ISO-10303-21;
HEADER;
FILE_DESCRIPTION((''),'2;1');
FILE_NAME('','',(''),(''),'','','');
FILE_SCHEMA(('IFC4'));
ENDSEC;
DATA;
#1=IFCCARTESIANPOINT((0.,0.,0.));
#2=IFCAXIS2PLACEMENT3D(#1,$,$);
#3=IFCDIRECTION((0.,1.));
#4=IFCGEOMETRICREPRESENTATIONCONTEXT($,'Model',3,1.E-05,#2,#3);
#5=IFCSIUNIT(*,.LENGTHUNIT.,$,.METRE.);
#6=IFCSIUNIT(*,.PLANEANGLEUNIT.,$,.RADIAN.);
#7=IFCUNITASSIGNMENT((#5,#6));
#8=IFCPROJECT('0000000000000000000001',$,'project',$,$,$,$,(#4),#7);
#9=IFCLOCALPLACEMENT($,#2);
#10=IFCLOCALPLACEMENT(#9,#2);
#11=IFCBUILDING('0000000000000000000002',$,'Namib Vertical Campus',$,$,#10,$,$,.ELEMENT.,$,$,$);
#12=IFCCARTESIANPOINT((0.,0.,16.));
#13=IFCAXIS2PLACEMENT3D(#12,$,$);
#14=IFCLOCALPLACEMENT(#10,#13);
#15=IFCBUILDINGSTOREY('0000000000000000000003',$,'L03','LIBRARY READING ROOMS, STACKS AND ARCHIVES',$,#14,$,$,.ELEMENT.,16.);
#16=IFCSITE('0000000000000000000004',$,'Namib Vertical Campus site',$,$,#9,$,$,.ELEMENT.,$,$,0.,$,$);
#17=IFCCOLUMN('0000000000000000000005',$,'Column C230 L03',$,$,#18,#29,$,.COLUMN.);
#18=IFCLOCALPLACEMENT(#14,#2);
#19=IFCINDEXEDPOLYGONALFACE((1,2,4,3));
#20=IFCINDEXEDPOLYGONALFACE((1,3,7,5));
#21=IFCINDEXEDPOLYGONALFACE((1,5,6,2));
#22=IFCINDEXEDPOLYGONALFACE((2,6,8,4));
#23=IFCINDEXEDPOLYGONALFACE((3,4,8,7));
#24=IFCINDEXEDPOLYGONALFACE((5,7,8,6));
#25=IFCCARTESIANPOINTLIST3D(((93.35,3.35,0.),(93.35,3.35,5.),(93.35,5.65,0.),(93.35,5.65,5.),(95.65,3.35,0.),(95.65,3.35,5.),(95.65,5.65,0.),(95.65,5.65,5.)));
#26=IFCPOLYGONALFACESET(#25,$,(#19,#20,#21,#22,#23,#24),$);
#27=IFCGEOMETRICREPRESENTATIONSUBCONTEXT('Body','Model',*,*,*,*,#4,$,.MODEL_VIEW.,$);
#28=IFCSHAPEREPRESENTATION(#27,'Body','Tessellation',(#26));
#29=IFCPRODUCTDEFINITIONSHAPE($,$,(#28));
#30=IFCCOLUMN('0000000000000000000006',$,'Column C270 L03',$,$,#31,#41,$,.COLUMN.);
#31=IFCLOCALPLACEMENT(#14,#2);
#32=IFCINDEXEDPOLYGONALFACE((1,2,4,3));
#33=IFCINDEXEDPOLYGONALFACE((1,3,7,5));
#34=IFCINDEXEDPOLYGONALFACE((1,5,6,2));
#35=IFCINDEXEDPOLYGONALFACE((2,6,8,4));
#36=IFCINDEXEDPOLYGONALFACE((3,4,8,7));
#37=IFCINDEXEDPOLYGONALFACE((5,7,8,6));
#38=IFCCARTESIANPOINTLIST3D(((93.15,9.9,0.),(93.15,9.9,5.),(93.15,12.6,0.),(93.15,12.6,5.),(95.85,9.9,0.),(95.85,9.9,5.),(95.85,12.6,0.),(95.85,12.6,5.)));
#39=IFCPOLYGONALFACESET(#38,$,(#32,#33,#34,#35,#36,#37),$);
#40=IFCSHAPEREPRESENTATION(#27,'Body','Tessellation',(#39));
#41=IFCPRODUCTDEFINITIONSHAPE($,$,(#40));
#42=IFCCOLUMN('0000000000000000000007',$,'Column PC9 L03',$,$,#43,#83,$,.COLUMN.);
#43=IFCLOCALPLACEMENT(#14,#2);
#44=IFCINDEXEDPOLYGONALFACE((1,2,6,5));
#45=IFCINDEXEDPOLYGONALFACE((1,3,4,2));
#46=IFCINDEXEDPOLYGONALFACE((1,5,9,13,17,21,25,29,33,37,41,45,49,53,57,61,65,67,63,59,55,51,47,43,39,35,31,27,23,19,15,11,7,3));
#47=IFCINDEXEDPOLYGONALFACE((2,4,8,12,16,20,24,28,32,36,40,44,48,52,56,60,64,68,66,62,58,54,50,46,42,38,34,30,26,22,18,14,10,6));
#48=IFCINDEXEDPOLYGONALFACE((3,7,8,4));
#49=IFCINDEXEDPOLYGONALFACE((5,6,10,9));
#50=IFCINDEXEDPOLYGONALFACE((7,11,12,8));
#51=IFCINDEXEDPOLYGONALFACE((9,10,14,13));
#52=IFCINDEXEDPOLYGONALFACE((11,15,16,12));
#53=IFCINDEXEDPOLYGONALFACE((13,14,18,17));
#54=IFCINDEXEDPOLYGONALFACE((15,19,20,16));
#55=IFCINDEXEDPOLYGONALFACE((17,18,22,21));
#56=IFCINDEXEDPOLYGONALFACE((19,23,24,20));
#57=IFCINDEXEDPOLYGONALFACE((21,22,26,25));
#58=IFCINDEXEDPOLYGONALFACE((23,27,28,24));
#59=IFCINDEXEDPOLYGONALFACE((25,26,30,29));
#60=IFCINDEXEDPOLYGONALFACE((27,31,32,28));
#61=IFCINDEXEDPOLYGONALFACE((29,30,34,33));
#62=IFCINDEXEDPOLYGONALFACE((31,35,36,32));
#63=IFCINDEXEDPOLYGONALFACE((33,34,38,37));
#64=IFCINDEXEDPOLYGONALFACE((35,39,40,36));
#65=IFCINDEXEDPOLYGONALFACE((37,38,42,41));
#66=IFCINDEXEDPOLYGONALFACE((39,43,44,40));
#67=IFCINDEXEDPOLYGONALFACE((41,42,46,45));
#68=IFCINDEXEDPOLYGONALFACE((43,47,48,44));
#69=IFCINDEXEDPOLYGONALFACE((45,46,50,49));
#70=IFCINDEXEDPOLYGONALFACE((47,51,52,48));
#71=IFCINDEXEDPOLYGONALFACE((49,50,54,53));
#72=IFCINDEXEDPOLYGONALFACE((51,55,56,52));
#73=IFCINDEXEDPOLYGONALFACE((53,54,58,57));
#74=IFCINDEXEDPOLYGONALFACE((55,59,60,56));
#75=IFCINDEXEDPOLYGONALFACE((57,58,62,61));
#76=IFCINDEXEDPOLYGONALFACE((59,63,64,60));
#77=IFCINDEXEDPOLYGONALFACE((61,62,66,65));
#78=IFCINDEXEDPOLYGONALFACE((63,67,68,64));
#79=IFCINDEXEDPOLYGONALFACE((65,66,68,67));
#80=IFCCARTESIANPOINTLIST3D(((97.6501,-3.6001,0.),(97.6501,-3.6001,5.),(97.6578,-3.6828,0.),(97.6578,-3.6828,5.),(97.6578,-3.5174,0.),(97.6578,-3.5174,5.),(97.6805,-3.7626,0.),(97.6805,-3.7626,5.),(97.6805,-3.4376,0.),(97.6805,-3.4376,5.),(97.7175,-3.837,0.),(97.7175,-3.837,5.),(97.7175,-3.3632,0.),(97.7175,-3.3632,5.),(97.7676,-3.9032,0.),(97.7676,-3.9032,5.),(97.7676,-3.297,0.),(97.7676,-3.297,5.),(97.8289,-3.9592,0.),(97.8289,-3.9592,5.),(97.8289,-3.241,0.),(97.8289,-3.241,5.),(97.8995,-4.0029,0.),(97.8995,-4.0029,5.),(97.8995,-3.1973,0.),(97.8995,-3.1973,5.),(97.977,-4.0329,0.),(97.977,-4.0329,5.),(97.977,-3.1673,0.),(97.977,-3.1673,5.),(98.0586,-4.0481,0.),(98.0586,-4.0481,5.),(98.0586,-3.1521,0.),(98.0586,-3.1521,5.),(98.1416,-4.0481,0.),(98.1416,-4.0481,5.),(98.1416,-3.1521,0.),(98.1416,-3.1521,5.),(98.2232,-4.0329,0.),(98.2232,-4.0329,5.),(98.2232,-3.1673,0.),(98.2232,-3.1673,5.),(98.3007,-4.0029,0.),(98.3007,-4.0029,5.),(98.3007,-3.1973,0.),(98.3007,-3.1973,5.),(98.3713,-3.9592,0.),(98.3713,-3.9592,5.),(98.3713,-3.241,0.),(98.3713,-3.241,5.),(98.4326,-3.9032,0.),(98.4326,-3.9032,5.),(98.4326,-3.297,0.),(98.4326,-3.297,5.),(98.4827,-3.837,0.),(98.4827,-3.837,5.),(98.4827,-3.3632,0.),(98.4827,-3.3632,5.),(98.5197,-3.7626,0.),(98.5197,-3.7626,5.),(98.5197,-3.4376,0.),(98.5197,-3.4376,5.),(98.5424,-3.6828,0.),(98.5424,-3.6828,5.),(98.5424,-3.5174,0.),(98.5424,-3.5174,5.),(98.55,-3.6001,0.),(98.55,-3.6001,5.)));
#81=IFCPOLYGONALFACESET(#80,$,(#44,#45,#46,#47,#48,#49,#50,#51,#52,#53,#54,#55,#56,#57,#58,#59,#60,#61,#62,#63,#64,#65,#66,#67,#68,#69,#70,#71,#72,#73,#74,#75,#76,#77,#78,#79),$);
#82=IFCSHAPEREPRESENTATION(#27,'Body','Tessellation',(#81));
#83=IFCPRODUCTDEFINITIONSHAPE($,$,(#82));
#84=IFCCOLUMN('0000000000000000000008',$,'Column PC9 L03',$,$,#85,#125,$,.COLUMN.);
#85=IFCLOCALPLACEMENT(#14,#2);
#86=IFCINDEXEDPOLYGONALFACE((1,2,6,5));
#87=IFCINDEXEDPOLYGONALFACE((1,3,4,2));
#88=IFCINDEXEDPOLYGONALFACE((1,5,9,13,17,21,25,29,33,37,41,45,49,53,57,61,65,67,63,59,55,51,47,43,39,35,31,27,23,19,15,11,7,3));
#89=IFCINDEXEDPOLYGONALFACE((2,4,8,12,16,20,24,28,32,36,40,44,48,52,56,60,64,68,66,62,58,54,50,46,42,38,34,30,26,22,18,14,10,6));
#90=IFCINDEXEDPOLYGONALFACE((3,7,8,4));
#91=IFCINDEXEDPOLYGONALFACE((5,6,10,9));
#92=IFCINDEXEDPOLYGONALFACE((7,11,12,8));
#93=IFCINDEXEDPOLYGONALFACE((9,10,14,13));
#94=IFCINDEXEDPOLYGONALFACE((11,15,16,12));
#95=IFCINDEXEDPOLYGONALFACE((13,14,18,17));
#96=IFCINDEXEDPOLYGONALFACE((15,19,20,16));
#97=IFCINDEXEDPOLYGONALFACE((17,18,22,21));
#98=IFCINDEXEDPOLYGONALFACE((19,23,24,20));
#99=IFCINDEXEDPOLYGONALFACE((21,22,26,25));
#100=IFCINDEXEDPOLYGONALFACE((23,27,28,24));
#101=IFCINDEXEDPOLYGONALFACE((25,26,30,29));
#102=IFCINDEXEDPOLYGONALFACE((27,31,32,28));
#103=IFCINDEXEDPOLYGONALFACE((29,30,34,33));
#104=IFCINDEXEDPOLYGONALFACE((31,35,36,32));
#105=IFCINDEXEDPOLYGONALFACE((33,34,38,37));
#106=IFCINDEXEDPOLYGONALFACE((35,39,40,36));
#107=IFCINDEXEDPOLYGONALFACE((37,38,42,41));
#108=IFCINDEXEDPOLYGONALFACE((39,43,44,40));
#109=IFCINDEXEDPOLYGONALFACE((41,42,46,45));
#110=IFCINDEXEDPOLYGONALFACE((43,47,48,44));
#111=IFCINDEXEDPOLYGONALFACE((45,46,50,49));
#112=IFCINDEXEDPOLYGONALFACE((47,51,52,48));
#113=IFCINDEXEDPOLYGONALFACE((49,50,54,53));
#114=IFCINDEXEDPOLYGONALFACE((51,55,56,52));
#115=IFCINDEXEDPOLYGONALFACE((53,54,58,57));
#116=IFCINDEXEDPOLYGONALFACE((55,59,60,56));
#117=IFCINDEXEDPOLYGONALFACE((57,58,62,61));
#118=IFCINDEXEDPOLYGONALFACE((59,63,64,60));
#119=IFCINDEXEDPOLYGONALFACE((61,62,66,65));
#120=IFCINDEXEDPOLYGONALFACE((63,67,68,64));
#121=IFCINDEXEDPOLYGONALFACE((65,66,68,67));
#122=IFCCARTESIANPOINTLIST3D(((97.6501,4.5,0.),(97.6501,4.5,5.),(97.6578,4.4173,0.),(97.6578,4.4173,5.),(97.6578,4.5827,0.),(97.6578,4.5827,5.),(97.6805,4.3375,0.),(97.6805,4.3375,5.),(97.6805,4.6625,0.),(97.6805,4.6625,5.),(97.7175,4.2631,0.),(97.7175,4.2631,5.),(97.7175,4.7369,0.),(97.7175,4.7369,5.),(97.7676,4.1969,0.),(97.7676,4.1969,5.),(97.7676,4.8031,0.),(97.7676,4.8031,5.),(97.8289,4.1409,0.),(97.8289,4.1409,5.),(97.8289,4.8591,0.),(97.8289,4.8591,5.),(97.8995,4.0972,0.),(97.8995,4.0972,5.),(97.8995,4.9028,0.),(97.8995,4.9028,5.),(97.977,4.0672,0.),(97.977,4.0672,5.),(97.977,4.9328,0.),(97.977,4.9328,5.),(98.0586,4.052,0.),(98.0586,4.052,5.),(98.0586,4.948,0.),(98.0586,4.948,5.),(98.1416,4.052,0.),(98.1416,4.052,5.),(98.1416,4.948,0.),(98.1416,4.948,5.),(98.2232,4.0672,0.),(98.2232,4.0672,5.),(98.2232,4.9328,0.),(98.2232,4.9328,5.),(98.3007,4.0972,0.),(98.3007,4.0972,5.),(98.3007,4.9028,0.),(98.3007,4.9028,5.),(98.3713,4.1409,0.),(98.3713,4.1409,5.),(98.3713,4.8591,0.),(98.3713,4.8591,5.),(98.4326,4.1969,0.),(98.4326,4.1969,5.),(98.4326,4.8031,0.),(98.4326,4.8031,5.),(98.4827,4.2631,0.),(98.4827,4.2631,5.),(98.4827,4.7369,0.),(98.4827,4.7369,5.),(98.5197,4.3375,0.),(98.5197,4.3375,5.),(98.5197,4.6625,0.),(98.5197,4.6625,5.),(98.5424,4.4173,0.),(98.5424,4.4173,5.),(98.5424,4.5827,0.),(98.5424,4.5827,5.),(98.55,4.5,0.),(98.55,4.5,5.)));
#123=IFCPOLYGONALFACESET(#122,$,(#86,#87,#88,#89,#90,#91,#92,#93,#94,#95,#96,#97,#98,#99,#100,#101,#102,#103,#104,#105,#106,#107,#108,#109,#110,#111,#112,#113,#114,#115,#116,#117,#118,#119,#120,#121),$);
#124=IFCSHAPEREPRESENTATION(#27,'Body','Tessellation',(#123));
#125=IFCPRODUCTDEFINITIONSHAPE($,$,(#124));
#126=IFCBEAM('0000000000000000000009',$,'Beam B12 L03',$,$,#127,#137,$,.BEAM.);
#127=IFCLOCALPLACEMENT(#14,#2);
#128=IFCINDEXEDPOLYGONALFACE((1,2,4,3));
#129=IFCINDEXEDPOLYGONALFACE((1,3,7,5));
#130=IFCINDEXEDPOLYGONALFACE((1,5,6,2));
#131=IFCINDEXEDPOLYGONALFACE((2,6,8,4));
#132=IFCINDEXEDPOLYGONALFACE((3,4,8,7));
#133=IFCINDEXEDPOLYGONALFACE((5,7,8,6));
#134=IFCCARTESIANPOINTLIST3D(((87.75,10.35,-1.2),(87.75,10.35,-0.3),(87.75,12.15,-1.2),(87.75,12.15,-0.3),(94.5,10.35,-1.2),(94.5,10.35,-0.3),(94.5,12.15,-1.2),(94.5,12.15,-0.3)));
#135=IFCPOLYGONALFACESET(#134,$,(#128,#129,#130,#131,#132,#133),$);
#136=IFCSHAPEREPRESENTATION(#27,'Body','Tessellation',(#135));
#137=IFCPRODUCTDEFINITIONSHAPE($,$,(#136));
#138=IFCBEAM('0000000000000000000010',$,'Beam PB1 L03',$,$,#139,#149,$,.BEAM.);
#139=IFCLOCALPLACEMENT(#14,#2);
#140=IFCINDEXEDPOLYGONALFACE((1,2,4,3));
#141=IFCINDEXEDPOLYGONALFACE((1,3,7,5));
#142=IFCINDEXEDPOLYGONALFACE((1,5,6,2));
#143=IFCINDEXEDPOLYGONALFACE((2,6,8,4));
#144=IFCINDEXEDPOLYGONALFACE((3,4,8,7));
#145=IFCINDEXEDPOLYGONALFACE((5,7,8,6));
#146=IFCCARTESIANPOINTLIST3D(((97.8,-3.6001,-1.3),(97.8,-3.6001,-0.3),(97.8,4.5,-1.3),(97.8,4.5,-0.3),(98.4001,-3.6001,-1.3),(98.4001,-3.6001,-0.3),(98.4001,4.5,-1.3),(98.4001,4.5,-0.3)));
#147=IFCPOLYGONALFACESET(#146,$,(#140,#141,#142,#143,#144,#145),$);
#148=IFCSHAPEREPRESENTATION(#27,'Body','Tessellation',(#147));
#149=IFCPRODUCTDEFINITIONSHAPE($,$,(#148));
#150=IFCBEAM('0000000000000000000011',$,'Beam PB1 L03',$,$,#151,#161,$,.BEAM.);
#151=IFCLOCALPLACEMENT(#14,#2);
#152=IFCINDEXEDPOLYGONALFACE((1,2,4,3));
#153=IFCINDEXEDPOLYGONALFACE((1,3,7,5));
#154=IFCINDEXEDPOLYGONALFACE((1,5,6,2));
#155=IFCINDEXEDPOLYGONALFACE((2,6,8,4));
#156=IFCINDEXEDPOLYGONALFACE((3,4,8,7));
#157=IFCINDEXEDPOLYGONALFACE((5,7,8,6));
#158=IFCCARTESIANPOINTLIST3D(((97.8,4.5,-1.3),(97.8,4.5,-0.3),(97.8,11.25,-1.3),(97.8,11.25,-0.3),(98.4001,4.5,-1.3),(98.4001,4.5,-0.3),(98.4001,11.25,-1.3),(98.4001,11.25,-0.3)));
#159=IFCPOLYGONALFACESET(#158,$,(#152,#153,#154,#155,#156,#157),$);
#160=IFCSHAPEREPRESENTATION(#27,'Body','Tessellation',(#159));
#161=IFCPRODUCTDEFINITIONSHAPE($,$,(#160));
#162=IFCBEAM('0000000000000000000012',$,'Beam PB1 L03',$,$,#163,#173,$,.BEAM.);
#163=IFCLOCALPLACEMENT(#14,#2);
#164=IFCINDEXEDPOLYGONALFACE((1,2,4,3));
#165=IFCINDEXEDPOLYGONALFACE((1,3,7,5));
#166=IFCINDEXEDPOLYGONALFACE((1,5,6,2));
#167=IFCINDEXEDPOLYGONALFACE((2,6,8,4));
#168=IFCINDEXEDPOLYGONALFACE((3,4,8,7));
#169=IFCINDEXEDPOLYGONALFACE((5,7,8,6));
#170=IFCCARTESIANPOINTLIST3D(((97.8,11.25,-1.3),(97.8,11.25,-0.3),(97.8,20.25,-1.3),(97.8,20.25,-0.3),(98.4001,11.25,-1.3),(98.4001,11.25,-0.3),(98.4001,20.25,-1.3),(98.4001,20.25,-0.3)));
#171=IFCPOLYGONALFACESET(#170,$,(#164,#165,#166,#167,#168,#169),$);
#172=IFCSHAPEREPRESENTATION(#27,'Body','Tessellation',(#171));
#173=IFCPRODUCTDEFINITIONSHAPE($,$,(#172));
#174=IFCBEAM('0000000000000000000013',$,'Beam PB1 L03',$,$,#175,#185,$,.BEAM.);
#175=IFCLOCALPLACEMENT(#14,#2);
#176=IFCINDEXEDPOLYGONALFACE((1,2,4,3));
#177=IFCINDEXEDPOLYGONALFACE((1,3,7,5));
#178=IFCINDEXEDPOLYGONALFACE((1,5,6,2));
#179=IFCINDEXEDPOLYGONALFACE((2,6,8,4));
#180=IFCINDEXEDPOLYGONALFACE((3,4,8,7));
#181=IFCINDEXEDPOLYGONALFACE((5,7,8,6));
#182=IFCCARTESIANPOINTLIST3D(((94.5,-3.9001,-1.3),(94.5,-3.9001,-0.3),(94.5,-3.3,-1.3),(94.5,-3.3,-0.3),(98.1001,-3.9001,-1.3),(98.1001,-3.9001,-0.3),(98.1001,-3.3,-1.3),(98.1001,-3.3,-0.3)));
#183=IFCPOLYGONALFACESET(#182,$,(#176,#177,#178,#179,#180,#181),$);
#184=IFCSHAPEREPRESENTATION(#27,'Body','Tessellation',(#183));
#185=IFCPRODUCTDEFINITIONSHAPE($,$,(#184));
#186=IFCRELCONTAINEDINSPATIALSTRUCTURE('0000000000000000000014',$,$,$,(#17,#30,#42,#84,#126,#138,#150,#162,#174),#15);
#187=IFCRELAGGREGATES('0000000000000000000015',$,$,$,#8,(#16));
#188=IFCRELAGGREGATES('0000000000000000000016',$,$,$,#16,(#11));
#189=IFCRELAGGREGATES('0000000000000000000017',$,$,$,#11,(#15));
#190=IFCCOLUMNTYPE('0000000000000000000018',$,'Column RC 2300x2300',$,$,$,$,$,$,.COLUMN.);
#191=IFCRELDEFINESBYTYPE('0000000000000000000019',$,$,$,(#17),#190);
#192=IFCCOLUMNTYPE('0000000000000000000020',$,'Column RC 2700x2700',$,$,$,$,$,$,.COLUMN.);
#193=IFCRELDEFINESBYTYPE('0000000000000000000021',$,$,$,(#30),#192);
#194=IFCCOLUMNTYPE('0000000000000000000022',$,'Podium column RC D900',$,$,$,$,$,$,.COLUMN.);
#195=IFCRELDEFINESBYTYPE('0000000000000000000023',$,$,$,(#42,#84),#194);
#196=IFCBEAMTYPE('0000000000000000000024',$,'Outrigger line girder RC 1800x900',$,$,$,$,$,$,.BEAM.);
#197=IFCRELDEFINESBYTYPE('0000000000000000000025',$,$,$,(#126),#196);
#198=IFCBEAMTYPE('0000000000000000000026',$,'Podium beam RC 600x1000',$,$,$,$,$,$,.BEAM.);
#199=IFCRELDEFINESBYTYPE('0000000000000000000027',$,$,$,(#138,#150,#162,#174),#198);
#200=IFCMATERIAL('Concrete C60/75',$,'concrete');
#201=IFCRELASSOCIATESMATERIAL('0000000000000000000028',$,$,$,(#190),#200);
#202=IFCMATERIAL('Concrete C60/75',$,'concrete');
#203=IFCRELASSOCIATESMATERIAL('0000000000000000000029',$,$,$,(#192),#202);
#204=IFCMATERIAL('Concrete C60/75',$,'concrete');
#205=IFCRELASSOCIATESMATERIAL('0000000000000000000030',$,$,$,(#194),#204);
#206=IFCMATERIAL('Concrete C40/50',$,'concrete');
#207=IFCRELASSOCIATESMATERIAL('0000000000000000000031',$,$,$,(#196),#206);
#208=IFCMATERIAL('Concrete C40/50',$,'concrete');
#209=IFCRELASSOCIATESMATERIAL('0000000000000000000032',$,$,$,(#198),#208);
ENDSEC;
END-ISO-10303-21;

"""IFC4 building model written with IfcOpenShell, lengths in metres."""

from ifc_helpers import new_model, si_unit, direction, frame, origin, origin_2d, place, context, subcontext, project, spatial, rectangle, circle, extrude, material, material_profile, profile_set, type_object, element, save


model = new_model("IFC4")

# Units and contexts
model_context = context("Model", 3, precision=1e-05, world=origin(), true_north=direction((0.0, 1.0)))
body_context = subcontext(model_context, "Body", "Model", "MODEL_VIEW")
ifc_project = project(units=[si_unit("LENGTHUNIT", "METRE"), si_unit("PLANEANGLEUNIT", "RADIAN")], contexts=[model_context])

# Site, building, storey
site_placement = place(None, origin())
site = spatial("IfcSite", under=ifc_project, at=site_placement, Name="Namib Vertical Campus site", CompositionType="ELEMENT", RefElevation=0.0)
building_placement = place(site_placement, origin())
building = spatial("IfcBuilding", under=site, at=building_placement, Name="Namib Vertical Campus", CompositionType="ELEMENT")
storey_placement = place(building_placement, frame((0.0, 0.0, 16.0)))
storey = spatial("IfcBuildingStorey", under=building, at=storey_placement, Name="L03", Description="LIBRARY READING ROOMS, STACKS AND ARCHIVES", CompositionType="ELEMENT", Elevation=16.0)

# Columns
ifc_material_1 = material(Name="Concrete C60/75", Category="concrete")
ifc_material_profile_1 = material_profile(ifc_material_1, rectangle(XDim=2.3, YDim=2.3, at=origin_2d()))
ifc_profile_set_1 = profile_set([ifc_material_profile_1], Name="Concrete C60/75")
column_type_1 = type_object("IfcColumnType", Name="Column RC 2300x2300", PredefinedType="COLUMN", material=ifc_profile_set_1)
column_1_placement = place(storey_placement, frame((94.5, 4.5, 0.0), z_axis=(0.0, 0.0, 1.0), x_axis=(1.0, 0.0, 0.0)))
element("IfcColumn", 1, at=column_1_placement, inside=storey, type_object=column_type_1, Name="Column C230 L03", PredefinedType="COLUMN", context=body_context, shape_type="SweptSolid", body=[
    extrude(rectangle(XDim=2.3, YDim=2.3, at=origin_2d()), origin(), (0.0, 0.0, 1.0), 5.0),
])
ifc_material_2 = material(Name="Concrete C60/75", Category="concrete")
ifc_material_profile_2 = material_profile(ifc_material_2, rectangle(XDim=2.7, YDim=2.7, at=origin_2d()))
ifc_profile_set_2 = profile_set([ifc_material_profile_2], Name="Concrete C60/75")
column_type_2 = type_object("IfcColumnType", Name="Column RC 2700x2700", PredefinedType="COLUMN", material=ifc_profile_set_2)
column_2_placement = place(storey_placement, frame((94.5, 11.25, 0.0), z_axis=(0.0, 0.0, 1.0), x_axis=(1.0, 0.0, 0.0)))
element("IfcColumn", 2, at=column_2_placement, inside=storey, type_object=column_type_2, Name="Column C270 L03", PredefinedType="COLUMN", context=body_context, shape_type="SweptSolid", body=[
    extrude(rectangle(XDim=2.7, YDim=2.7, at=origin_2d()), origin(), (0.0, 0.0, 1.0), 5.0),
])
ifc_material_3 = material(Name="Concrete C60/75", Category="concrete")
ifc_material_profile_3 = material_profile(ifc_material_3, circle(Radius=0.45, at=origin_2d()))
ifc_profile_set_3 = profile_set([ifc_material_profile_3], Name="Concrete C60/75")
column_type_3 = type_object("IfcColumnType", Name="Podium column RC D900", PredefinedType="COLUMN", material=ifc_profile_set_3)
for number, where, z_axis, x_axis, name in (
    (3, (98.1001, -3.6001, 0.0), (0.0, 0.0, 1.0), (1.0, 0.0, 0.0), "Column PC9 L03"),
    (4, (98.1001, 4.5, 0.0), (0.0, 0.0, 1.0), (1.0, 0.0, 0.0), "Column PC9 L03"),
):
    element("IfcColumn", number, at=place(storey_placement, frame(where, z_axis=z_axis, x_axis=x_axis)), inside=storey, type_object=column_type_3, Name=name, PredefinedType="COLUMN", context=body_context, shape_type="SweptSolid", body=[
        extrude(circle(Radius=0.45, at=origin_2d()), origin(), (0.0, 0.0, 1.0), 5.0),
    ])

# Beams
ifc_material_4 = material(Name="Concrete C40/50", Category="concrete")
ifc_material_profile_4 = material_profile(ifc_material_4, rectangle(XDim=1.8, YDim=0.8999, at=origin_2d()))
ifc_profile_set_4 = profile_set([ifc_material_profile_4], Name="Concrete C40/50")
beam_type_1 = type_object("IfcBeamType", Name="Outrigger line girder RC 1800x900", PredefinedType="BEAM", material=ifc_profile_set_4)
beam_1_placement = place(storey_placement, frame((94.5, 11.25, -0.75), z_axis=(-1.0, 0.0, 0.0), x_axis=(0.0, -1.0, 0.0)))
element("IfcBeam", 5, at=beam_1_placement, inside=storey, type_object=beam_type_1, Name="Beam B12 L03", PredefinedType="BEAM", context=body_context, shape_type="SweptSolid", body=[
    extrude(rectangle(XDim=1.8, YDim=0.8999, at=origin_2d()), origin(), (0.0, 0.0, 1.0), 6.75),
])
ifc_material_5 = material(Name="Concrete C40/50", Category="concrete")
ifc_material_profile_5 = material_profile(ifc_material_5, rectangle(XDim=0.6001, YDim=1.0, at=origin_2d()))
ifc_profile_set_5 = profile_set([ifc_material_profile_5], Name="Concrete C40/50")
beam_type_2 = type_object("IfcBeamType", Name="Podium beam RC 600x1000", PredefinedType="BEAM", material=ifc_profile_set_5)
beam_2_placement = place(storey_placement, frame((98.1001, -3.6001, -0.8), z_axis=(0.0, 1.0, 0.0), x_axis=(-1.0, 0.0, 0.0)))
element("IfcBeam", 6, at=beam_2_placement, inside=storey, type_object=beam_type_2, Name="Beam PB1 L03", PredefinedType="BEAM", context=body_context, shape_type="SweptSolid", body=[
    extrude(rectangle(XDim=0.6001, YDim=1.0, at=origin_2d()), origin(), (0.0, 0.0, 1.0), 8.1001),
])
beam_3_placement = place(storey_placement, frame((98.1001, 4.5, -0.8), z_axis=(0.0, 1.0, 0.0), x_axis=(-1.0, 0.0, 0.0)))
element("IfcBeam", 7, at=beam_3_placement, inside=storey, type_object=beam_type_2, Name="Beam PB1 L03", PredefinedType="BEAM", context=body_context, shape_type="SweptSolid", body=[
    extrude(rectangle(XDim=0.6001, YDim=1.0, at=origin_2d()), origin(), (0.0, 0.0, 1.0), 6.75),
])
beam_4_placement = place(storey_placement, frame((98.1001, 11.25, -0.8), z_axis=(0.0, 1.0, 0.0), x_axis=(-1.0, 0.0, 0.0)))
element("IfcBeam", 8, at=beam_4_placement, inside=storey, type_object=beam_type_2, Name="Beam PB1 L03", PredefinedType="BEAM", context=body_context, shape_type="SweptSolid", body=[
    extrude(rectangle(XDim=0.6001, YDim=1.0, at=origin_2d()), origin(), (0.0, 0.0, 1.0), 9.0),
])
beam_5_placement = place(storey_placement, frame((94.5, -3.6001, -0.8), z_axis=(1.0, 0.0, 0.0), x_axis=(0.0, 1.0, 0.0)))
element("IfcBeam", 9, at=beam_5_placement, inside=storey, type_object=beam_type_2, Name="Beam PB1 L03", PredefinedType="BEAM", context=body_context, shape_type="SweptSolid", body=[
    extrude(rectangle(XDim=0.6001, YDim=1.0, at=origin_2d()), origin(), (0.0, 0.0, 1.0), 3.6001),
])

save(model, "model.ifc")
